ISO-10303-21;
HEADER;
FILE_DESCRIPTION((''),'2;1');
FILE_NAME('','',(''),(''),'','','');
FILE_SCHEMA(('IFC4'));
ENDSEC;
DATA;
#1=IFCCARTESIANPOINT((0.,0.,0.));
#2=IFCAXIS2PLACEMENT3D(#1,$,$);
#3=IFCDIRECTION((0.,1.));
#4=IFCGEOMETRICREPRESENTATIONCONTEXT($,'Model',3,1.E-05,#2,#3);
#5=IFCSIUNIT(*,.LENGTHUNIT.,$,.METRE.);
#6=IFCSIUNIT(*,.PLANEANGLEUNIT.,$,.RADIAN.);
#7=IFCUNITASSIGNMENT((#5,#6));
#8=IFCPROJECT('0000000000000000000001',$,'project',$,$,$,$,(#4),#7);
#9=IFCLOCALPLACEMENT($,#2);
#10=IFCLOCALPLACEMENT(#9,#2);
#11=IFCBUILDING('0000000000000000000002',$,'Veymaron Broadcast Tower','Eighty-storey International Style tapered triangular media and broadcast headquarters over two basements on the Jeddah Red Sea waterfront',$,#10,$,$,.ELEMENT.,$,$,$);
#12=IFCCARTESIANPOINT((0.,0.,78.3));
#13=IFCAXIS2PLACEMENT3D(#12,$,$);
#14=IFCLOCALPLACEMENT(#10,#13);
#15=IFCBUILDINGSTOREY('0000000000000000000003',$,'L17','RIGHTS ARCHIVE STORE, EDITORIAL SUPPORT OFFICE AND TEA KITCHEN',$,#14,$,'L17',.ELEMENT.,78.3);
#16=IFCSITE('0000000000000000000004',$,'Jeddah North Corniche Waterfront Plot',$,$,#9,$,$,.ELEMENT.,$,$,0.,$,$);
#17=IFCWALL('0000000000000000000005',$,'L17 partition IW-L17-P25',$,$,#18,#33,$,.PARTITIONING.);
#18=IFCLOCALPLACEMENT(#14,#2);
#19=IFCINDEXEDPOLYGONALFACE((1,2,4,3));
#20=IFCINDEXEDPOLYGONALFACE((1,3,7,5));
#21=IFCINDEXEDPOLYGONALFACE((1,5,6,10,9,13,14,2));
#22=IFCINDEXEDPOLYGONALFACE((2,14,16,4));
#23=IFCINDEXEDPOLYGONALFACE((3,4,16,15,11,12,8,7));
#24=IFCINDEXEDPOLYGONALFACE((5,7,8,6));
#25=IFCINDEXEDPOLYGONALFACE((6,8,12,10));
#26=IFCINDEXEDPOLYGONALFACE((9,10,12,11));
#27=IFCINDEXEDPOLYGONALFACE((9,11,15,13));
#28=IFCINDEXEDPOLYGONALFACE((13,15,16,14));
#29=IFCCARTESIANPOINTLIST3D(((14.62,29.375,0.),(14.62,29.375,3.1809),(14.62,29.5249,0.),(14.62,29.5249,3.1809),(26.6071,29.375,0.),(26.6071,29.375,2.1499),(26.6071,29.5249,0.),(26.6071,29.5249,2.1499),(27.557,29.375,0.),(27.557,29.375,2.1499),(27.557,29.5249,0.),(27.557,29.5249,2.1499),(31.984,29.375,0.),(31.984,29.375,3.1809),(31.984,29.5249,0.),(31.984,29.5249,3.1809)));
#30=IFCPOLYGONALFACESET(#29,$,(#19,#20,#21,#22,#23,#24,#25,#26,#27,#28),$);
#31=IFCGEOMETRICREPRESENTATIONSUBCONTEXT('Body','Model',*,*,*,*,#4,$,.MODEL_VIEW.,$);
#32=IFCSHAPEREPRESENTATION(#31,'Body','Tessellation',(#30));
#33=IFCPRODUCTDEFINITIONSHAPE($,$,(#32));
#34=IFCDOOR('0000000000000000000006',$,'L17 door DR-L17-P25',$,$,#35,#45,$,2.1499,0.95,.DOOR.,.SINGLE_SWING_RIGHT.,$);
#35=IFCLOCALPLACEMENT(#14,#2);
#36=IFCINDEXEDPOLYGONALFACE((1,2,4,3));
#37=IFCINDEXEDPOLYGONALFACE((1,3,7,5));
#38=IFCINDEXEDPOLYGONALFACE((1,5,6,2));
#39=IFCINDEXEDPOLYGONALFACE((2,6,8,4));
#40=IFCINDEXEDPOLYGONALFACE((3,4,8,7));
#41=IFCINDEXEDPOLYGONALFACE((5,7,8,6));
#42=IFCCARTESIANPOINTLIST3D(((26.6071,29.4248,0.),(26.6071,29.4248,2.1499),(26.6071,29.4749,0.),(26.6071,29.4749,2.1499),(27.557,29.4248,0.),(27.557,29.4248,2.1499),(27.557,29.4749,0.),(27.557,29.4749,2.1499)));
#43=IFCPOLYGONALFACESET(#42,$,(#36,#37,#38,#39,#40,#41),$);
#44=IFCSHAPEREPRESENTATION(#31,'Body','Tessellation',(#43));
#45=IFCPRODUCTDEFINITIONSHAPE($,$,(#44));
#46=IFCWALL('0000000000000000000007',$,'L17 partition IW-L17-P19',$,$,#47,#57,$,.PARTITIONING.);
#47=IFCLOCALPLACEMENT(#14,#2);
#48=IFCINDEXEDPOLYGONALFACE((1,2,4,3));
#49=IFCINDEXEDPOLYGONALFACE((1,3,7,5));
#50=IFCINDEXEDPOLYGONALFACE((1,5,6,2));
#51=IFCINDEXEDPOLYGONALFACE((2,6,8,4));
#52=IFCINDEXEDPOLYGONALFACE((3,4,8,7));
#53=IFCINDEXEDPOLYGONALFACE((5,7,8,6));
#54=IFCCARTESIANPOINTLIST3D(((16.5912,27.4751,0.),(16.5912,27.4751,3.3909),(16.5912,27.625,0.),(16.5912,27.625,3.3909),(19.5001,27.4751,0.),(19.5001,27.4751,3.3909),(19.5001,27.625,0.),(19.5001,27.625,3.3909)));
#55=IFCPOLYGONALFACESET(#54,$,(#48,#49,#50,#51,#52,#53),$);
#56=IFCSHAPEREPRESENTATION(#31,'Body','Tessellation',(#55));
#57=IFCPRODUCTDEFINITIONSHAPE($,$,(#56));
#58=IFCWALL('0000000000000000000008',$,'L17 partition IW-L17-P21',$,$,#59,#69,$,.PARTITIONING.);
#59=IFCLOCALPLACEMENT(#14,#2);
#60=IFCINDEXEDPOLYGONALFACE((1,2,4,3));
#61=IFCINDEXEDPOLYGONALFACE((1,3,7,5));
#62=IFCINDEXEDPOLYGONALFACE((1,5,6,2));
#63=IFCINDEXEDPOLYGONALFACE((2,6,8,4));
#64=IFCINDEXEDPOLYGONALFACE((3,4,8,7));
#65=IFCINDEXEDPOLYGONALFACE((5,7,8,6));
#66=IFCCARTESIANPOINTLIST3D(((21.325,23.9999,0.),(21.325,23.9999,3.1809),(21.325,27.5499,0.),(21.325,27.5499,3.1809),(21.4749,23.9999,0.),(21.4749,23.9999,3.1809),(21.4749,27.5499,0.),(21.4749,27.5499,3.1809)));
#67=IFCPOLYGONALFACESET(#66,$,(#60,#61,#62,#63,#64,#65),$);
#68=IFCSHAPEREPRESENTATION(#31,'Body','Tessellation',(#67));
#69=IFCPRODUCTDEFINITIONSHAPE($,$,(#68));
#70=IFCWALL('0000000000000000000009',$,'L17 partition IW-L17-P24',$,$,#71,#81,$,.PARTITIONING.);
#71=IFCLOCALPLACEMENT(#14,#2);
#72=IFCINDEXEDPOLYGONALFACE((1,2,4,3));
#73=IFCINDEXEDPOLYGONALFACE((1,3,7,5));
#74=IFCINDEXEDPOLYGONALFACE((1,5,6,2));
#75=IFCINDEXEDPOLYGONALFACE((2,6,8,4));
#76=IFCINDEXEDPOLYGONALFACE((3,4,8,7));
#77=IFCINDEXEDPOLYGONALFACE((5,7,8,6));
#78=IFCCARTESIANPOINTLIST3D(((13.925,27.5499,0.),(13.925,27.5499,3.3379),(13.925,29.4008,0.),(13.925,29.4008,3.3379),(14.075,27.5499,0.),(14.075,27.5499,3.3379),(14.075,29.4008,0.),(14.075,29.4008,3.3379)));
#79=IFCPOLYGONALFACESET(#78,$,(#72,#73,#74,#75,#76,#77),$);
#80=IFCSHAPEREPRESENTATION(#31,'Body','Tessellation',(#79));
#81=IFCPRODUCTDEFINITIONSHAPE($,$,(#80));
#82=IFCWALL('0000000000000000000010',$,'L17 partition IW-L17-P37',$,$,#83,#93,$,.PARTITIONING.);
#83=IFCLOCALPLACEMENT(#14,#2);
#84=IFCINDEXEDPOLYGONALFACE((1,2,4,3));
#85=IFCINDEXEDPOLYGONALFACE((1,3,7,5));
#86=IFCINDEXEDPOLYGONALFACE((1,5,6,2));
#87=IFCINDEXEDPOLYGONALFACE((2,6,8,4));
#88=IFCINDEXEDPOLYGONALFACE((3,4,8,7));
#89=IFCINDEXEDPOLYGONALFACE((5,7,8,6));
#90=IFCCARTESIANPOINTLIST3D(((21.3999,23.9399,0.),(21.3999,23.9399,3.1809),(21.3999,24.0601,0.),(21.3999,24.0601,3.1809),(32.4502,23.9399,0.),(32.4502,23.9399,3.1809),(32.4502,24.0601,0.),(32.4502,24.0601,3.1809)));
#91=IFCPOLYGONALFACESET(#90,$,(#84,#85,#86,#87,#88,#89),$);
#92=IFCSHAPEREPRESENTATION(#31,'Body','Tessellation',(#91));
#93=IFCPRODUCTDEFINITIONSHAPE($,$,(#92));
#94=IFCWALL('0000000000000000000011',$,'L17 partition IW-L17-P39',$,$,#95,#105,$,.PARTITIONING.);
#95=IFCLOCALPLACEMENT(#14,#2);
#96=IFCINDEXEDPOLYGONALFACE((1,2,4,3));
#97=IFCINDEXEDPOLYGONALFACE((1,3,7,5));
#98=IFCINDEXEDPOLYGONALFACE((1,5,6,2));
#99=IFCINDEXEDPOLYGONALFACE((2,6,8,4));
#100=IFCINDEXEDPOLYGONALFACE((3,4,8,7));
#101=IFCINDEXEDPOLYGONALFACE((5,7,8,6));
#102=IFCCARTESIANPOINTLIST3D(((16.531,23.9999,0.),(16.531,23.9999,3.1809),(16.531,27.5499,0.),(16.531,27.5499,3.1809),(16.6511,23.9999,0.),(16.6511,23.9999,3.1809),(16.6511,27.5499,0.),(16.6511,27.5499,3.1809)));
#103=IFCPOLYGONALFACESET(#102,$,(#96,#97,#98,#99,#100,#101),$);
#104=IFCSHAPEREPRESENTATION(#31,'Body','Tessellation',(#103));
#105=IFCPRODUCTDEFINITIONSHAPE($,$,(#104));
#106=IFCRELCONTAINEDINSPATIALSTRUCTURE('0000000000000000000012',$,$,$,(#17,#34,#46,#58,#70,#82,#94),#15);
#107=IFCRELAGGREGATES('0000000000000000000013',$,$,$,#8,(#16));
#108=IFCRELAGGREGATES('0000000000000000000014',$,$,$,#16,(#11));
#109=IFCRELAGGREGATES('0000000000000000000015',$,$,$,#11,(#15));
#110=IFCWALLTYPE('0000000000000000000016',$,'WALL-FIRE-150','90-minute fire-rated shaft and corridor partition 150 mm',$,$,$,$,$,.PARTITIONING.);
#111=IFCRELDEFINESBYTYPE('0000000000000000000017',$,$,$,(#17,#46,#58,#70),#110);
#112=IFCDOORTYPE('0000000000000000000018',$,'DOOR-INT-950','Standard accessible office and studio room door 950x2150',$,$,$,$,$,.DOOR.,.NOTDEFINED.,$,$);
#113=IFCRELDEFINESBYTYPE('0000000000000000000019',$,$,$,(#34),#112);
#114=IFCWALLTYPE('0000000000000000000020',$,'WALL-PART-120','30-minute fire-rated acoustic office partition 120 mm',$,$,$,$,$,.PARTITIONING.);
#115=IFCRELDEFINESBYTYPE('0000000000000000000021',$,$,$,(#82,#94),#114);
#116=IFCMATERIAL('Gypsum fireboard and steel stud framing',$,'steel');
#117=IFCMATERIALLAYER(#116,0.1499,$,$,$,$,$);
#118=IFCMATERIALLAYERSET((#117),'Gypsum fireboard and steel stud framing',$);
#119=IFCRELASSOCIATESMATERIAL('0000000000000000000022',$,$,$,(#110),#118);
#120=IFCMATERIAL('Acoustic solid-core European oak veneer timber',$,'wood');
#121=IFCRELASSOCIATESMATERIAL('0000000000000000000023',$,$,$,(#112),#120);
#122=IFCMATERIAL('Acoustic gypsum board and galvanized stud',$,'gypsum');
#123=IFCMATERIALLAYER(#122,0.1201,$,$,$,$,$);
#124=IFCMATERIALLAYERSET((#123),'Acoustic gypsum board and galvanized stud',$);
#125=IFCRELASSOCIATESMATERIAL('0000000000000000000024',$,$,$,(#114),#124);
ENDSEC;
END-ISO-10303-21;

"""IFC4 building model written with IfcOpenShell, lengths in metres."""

from ifc_helpers import new_model, si_unit, direction, frame, frame_2d, origin, place, context, subcontext, project, spatial, rectangle, extrude, material, layer, layer_set, type_object, element, fill, save


model = new_model("IFC4")

# Units and contexts
model_context = context("Model", 3, precision=1e-05, world=origin(), true_north=direction((0.0, 1.0)))
body_context = subcontext(model_context, "Body", "Model", "MODEL_VIEW")
ifc_project = project(units=[si_unit("LENGTHUNIT", "METRE"), si_unit("PLANEANGLEUNIT", "RADIAN")], contexts=[model_context])

# Site, building, storey
site_placement = place(None, origin())
site = spatial("IfcSite", under=ifc_project, at=site_placement, Name="Jeddah North Corniche Waterfront Plot", CompositionType="ELEMENT", RefElevation=0.0)
building_placement = place(site_placement, origin())
building = spatial("IfcBuilding", under=site, at=building_placement, Name="Veymaron Broadcast Tower", Description="Eighty-storey International Style tapered triangular media and broadcast headquarters over two basements on the Jeddah Red Sea waterfront", CompositionType="ELEMENT")
storey_placement = place(building_placement, frame((0.0, 0.0, 78.3)))
storey = spatial("IfcBuildingStorey", under=building, at=storey_placement, Name="L17", Description="RIGHTS ARCHIVE STORE, EDITORIAL SUPPORT OFFICE AND TEA KITCHEN", LongName="L17", CompositionType="ELEMENT", Elevation=78.3)

# Wall, opening, door
ifc_material_1 = material(Name="Gypsum fireboard and steel stud framing", Category="steel")
ifc_layer_1 = layer(ifc_material_1, 0.1499)
ifc_layer_set_1 = layer_set([ifc_layer_1], Name="Gypsum fireboard and steel stud framing")
wall_type_1 = type_object("IfcWallType", Name="WALL-FIRE-150", Description="90-minute fire-rated shaft and corridor partition 150 mm", PredefinedType="PARTITIONING", material=ifc_layer_set_1)
ifc_material_2 = material(Name="Acoustic solid-core European oak veneer timber", Category="wood")
door_type = type_object("IfcDoorType", Name="DOOR-INT-950", Description="Standard accessible office and studio room door 950x2150", OperationType="NOTDEFINED", PredefinedType="DOOR", material=ifc_material_2)
wall_1_placement = place(storey_placement, frame((14.6199, 29.45, 0.0), z_axis=(0.0, 0.0, 1.0), x_axis=(1.0, 0.0, 0.0)))
wall_1 = element("IfcWall", 1, at=wall_1_placement, inside=storey, type_object=wall_type_1, Name="L17 partition IW-L17-P25", PredefinedType="PARTITIONING", context=body_context, shape_type="SweptSolid", body=[
    extrude(rectangle(XDim=17.364, YDim=0.1499, at=frame_2d((8.6821, 0.0))), origin(), (0.0, 0.0, 1.0), 3.1809),
])
opening_1_placement = place(wall_1_placement, frame((11.9871, 0.0, 0.0)))
opening_1 = element("IfcOpeningElement", 2, at=opening_1_placement, cuts=wall_1, PredefinedType="OPENING", context=body_context, shape_type="SweptSolid", body=[
    extrude(rectangle(XDim=0.95, YDim=2.1499, at=frame_2d((0.4751, 1.075))), frame((0.0, 0.085, 0.0), z_axis=(0.0, -1.0, 0.0), x_axis=(1.0, 0.0, 0.0)), (0.0, 0.0, 1.0), 0.1699),
])
door_1_placement = place(opening_1_placement, origin())
door_1 = element("IfcDoor", 3, at=door_1_placement, inside=storey, type_object=door_type, Name="L17 door DR-L17-P25", OperationType="SINGLE_SWING_RIGHT", OverallHeight=2.1499, OverallWidth=0.95, PredefinedType="DOOR", context=body_context, shape_type="SweptSolid", body=[
    extrude(rectangle(XDim=0.95, YDim=2.1499, at=frame_2d((0.4751, 1.075))), frame((0.0, 0.0249, 0.0), z_axis=(0.0, -1.0, 0.0), x_axis=(1.0, 0.0, 0.0)), (0.0, 0.0, 1.0), 0.05),
])
fill(opening_1, door_1)

# Walls
wall_2_placement = place(storey_placement, frame((16.5911, 27.55, 0.0), z_axis=(0.0, 0.0, 1.0), x_axis=(1.0, 0.0, 0.0)))
element("IfcWall", 4, at=wall_2_placement, inside=storey, type_object=wall_type_1, Name="L17 partition IW-L17-P19", PredefinedType="PARTITIONING", context=body_context, shape_type="SweptSolid", body=[
    extrude(rectangle(XDim=2.9089, YDim=0.1499, at=frame_2d((1.4546, 0.0))), origin(), (0.0, 0.0, 1.0), 3.3909),
])
wall_3_placement = place(storey_placement, frame((21.3999, 24.0, 0.0), z_axis=(0.0, 0.0, 1.0), x_axis=(0.0, 1.0, 0.0)))
element("IfcWall", 5, at=wall_3_placement, inside=storey, type_object=wall_type_1, Name="L17 partition IW-L17-P21", PredefinedType="PARTITIONING", context=body_context, shape_type="SweptSolid", body=[
    extrude(rectangle(XDim=3.55, YDim=0.1499, at=frame_2d((1.7749, 0.0))), origin(), (0.0, 0.0, 1.0), 3.1809),
])
wall_4_placement = place(storey_placement, frame((14.0, 27.55, 0.0), z_axis=(0.0, 0.0, 1.0), x_axis=(0.0, 1.0, 0.0)))
element("IfcWall", 6, at=wall_4_placement, inside=storey, type_object=wall_type_1, Name="L17 partition IW-L17-P24", PredefinedType="PARTITIONING", context=body_context, shape_type="SweptSolid", body=[
    extrude(rectangle(XDim=1.8508, YDim=0.1499, at=frame_2d((0.9253, 0.0))), origin(), (0.0, 0.0, 1.0), 3.3379),
])
ifc_material_3 = material(Name="Acoustic gypsum board and galvanized stud", Category="gypsum")
ifc_layer_2 = layer(ifc_material_3, 0.1201)
ifc_layer_set_2 = layer_set([ifc_layer_2], Name="Acoustic gypsum board and galvanized stud")
wall_type_2 = type_object("IfcWallType", Name="WALL-PART-120", Description="30-minute fire-rated acoustic office partition 120 mm", PredefinedType="PARTITIONING", material=ifc_layer_set_2)
wall_5_placement = place(storey_placement, frame((21.3999, 24.0, 0.0), z_axis=(0.0, 0.0, 1.0), x_axis=(1.0, 0.0, 0.0)))
element("IfcWall", 7, at=wall_5_placement, inside=storey, type_object=wall_type_2, Name="L17 partition IW-L17-P37", PredefinedType="PARTITIONING", context=body_context, shape_type="SweptSolid", body=[
    extrude(rectangle(XDim=11.0503, YDim=0.1201, at=frame_2d((5.5251, 0.0))), origin(), (0.0, 0.0, 1.0), 3.1809),
])
wall_6_placement = place(storey_placement, frame((16.5911, 24.0, 0.0), z_axis=(0.0, 0.0, 1.0), x_axis=(0.0, 1.0, 0.0)))
element("IfcWall", 8, at=wall_6_placement, inside=storey, type_object=wall_type_2, Name="L17 partition IW-L17-P39", PredefinedType="PARTITIONING", context=body_context, shape_type="SweptSolid", body=[
    extrude(rectangle(XDim=3.55, YDim=0.1201, at=frame_2d((1.7749, 0.0))), origin(), (0.0, 0.0, 1.0), 3.1809),
])

save(model, "model.ifc")
